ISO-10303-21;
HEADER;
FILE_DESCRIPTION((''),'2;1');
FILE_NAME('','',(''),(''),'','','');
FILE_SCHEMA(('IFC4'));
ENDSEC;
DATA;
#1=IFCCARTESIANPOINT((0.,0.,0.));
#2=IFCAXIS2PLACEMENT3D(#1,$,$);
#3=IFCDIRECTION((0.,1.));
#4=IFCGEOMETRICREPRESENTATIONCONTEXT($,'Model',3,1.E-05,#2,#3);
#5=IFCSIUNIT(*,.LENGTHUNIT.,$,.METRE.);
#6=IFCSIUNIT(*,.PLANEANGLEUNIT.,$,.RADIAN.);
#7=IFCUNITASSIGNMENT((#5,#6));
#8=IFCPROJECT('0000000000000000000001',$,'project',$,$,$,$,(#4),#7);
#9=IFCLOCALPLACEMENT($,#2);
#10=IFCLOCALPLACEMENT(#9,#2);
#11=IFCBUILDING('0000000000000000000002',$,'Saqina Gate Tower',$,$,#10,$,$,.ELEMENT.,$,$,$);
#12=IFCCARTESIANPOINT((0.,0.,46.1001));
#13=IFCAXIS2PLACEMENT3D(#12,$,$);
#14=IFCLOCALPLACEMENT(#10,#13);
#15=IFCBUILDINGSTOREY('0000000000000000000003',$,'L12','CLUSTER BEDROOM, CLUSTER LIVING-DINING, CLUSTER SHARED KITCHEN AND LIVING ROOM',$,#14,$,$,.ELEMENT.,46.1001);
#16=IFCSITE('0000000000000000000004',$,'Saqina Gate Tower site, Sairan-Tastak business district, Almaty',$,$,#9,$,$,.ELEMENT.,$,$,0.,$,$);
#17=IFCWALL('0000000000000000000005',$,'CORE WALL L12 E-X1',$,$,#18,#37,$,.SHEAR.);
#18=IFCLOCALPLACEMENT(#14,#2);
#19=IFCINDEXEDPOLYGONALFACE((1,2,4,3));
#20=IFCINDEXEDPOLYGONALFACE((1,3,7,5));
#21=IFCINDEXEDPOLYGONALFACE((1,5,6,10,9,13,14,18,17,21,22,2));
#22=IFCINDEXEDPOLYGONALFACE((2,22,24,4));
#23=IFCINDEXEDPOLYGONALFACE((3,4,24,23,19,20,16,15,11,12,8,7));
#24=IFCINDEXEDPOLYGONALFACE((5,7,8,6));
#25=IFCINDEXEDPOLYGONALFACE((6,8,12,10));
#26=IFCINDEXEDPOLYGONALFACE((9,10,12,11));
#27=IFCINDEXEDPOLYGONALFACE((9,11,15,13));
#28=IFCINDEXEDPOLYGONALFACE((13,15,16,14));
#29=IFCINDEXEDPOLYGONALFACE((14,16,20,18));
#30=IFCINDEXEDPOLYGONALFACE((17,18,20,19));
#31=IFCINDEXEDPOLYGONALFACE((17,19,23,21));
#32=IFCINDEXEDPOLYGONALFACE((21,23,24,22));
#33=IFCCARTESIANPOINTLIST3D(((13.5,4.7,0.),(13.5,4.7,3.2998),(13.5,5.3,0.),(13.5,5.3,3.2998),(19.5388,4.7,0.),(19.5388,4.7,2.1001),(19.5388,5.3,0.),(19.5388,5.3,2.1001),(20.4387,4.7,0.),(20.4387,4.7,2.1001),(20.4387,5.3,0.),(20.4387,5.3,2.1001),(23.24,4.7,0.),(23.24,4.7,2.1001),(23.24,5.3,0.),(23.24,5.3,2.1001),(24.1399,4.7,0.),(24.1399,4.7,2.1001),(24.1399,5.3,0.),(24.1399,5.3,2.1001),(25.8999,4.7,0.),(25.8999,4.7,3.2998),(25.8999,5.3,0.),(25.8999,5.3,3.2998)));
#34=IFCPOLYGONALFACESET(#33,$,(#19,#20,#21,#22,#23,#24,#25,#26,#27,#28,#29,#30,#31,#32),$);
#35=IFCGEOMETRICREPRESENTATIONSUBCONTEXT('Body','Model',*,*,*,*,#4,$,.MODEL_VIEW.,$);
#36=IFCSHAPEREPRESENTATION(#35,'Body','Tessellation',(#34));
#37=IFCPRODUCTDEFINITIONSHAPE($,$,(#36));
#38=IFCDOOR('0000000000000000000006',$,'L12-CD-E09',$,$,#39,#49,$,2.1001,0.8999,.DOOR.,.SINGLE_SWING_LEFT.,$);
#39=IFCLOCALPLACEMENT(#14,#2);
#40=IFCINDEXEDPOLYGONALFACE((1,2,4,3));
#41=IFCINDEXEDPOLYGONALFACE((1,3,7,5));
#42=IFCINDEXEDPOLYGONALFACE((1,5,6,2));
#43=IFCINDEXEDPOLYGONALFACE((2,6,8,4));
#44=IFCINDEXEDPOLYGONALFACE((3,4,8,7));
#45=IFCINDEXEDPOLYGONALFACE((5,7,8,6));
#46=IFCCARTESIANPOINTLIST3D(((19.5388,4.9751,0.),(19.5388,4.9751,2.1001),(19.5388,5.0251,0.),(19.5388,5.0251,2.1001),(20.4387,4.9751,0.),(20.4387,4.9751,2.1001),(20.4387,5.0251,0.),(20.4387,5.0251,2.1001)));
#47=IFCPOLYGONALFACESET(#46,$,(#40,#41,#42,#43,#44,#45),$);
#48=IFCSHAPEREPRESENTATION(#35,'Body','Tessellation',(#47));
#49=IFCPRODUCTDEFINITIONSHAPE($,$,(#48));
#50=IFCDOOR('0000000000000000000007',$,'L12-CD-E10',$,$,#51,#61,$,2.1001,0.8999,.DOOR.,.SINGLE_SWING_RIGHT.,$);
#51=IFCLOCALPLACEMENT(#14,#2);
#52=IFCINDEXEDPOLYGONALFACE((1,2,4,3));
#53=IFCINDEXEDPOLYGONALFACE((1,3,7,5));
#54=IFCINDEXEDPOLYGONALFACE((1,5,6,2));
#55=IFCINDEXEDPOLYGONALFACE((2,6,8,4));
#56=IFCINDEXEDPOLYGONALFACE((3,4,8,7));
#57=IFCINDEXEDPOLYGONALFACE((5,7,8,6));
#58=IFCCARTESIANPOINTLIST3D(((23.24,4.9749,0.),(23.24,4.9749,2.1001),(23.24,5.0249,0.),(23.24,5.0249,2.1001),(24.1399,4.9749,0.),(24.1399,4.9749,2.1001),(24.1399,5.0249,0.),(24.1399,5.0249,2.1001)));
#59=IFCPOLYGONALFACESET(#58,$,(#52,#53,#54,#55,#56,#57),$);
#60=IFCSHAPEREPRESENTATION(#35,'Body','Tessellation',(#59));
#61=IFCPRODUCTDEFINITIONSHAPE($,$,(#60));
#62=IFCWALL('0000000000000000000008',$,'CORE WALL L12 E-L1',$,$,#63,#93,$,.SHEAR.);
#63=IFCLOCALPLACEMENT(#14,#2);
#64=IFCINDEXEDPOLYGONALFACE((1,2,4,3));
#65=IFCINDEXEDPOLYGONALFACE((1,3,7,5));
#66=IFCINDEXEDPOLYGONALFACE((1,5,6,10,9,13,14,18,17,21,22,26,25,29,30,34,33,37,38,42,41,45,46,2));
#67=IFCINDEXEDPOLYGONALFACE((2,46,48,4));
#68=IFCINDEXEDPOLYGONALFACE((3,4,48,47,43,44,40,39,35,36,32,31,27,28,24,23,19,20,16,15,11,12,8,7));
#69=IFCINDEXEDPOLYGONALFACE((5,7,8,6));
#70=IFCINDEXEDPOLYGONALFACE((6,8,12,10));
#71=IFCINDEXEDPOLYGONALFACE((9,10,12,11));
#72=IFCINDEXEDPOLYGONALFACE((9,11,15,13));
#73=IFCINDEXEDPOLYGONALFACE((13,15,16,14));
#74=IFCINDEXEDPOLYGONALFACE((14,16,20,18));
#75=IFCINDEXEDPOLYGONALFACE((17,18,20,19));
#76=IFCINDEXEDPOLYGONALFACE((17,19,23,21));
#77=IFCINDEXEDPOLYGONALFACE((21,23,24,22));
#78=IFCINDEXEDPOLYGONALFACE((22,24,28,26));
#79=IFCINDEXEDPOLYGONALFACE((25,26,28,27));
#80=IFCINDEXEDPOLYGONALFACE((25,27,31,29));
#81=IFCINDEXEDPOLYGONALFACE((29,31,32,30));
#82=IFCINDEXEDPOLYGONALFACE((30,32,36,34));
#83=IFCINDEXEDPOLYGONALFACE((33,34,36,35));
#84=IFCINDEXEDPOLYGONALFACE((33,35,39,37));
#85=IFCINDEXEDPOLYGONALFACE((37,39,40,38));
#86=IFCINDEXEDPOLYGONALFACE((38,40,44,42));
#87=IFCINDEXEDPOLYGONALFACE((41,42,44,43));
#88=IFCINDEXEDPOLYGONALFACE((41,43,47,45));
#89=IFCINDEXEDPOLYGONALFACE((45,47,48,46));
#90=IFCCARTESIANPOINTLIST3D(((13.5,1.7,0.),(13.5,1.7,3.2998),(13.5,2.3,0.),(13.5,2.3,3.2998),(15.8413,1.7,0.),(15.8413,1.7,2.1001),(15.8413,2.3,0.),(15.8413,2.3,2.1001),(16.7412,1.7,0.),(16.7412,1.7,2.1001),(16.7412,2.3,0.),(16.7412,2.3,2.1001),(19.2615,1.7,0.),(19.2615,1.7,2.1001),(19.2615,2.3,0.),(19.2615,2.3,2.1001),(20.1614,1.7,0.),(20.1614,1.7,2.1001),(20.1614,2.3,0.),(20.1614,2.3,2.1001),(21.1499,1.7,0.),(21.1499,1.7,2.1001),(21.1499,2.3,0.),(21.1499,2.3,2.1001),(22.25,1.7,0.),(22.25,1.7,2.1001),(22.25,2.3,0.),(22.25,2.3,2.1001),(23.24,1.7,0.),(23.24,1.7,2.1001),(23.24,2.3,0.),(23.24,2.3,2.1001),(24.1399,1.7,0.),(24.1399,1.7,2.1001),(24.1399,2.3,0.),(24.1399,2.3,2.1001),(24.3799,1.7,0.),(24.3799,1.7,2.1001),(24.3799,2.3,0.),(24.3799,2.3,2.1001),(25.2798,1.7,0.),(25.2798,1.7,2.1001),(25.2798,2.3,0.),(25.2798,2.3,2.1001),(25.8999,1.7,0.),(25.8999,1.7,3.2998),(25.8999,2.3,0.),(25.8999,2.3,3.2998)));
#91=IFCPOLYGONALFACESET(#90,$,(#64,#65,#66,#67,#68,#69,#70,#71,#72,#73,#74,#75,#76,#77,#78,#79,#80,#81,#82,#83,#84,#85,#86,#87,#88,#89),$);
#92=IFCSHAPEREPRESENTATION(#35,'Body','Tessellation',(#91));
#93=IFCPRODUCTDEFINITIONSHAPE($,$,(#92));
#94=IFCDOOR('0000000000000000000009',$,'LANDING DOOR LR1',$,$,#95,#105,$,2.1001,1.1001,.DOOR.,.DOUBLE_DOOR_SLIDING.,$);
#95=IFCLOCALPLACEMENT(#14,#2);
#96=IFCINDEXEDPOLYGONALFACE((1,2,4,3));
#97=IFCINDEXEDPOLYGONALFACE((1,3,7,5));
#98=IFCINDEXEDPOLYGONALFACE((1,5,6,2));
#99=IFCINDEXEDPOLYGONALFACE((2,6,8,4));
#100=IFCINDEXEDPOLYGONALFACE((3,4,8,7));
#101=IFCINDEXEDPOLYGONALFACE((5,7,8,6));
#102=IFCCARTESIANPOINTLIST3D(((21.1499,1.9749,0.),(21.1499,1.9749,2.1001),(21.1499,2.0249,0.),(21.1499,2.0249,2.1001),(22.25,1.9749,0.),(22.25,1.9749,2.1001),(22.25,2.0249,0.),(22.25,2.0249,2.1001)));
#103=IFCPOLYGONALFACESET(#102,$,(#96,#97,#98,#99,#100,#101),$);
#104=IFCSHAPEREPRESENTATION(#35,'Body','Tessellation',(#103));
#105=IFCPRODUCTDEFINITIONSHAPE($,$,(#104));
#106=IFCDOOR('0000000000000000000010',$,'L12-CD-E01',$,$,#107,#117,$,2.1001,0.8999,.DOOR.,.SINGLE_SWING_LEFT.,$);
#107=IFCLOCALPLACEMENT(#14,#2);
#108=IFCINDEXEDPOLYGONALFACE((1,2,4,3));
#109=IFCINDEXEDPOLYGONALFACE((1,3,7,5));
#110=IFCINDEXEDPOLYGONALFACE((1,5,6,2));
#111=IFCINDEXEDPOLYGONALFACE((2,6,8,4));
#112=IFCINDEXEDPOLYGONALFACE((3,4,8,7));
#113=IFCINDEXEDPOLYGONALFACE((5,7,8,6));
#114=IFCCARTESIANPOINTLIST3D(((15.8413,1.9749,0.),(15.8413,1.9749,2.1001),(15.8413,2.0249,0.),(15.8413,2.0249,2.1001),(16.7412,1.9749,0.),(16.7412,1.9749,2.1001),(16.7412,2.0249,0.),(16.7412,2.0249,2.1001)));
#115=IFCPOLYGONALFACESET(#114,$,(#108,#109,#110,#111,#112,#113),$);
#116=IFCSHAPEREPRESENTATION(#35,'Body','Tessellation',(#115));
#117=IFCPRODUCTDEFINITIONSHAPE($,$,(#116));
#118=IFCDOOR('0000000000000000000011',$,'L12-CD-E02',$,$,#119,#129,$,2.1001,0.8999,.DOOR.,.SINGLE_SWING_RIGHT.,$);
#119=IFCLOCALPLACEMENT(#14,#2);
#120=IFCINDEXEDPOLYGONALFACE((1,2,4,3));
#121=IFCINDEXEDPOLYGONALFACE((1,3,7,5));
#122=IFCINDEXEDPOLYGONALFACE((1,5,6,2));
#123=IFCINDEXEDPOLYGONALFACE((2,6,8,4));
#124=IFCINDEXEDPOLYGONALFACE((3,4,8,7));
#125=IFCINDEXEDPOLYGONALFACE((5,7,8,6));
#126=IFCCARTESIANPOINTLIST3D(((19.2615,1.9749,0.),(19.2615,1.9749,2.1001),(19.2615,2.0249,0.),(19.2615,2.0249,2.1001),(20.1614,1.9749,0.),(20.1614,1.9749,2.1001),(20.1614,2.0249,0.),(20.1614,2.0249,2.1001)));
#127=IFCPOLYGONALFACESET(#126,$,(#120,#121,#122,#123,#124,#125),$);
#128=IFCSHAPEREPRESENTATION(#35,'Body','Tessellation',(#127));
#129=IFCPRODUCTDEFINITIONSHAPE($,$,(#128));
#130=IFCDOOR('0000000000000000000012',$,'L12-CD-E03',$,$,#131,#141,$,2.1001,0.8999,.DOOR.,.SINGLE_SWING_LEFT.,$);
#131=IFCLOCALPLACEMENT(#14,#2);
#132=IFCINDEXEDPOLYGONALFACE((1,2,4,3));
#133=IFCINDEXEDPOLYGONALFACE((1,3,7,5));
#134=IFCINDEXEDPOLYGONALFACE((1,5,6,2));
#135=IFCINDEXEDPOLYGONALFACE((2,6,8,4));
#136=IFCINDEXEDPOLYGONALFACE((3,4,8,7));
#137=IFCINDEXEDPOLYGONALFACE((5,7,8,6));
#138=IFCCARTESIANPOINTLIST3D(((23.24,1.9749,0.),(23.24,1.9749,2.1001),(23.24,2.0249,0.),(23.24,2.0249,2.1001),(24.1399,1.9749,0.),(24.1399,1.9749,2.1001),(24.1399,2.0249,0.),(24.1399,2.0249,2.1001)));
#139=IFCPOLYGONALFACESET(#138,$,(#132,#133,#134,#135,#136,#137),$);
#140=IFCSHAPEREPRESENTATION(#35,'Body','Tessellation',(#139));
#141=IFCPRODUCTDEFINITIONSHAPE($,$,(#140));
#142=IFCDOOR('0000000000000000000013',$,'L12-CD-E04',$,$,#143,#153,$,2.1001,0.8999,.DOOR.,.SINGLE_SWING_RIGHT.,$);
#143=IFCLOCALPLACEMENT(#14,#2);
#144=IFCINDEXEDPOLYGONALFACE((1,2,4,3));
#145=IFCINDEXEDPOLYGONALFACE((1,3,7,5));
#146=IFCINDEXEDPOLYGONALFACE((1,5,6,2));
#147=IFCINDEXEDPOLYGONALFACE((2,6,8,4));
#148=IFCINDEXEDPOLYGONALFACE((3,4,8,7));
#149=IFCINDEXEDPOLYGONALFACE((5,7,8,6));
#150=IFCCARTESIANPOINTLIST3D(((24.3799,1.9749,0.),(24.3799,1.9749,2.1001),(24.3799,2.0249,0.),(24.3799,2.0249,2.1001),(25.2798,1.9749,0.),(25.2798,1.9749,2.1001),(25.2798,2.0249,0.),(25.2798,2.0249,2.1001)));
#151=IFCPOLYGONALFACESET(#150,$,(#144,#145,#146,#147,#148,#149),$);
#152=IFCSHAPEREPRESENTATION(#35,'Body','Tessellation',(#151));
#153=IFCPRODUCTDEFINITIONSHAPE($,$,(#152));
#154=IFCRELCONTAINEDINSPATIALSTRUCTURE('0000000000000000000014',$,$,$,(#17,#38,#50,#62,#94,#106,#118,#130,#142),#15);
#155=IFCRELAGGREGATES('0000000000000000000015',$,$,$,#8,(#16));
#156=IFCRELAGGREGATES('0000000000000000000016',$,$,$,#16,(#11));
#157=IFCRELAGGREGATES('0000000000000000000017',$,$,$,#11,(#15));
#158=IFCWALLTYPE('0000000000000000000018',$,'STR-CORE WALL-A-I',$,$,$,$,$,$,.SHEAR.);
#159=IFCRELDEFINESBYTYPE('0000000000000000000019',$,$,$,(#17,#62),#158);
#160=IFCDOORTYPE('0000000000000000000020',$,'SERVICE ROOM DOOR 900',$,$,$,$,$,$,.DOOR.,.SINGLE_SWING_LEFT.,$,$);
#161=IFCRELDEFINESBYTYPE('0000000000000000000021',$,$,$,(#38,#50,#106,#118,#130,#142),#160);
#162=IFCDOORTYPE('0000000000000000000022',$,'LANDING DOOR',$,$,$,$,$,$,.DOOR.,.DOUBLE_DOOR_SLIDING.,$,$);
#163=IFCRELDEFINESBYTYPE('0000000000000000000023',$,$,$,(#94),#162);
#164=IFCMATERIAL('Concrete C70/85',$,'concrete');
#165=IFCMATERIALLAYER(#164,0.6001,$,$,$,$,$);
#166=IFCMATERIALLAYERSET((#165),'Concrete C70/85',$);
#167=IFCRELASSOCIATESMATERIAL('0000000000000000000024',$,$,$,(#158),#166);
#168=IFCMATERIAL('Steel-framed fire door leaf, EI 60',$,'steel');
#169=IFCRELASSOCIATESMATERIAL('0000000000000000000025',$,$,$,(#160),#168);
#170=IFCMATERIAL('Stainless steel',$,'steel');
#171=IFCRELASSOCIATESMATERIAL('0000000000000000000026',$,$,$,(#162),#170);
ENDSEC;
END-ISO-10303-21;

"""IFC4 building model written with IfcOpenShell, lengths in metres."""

from ifc_helpers import new_model, si_unit, direction, frame, frame_2d, origin, place, context, subcontext, project, spatial, rectangle, extrude, material, layer, layer_set, type_object, element, fill, save


model = new_model("IFC4")

# Units and contexts
model_context = context("Model", 3, precision=1e-05, world=origin(), true_north=direction((0.0, 1.0)))
body_context = subcontext(model_context, "Body", "Model", "MODEL_VIEW")
ifc_project = project(units=[si_unit("LENGTHUNIT", "METRE"), si_unit("PLANEANGLEUNIT", "RADIAN")], contexts=[model_context])

# Site, building, storey
site_placement = place(None, origin())
site = spatial("IfcSite", under=ifc_project, at=site_placement, Name="Saqina Gate Tower site, Sairan-Tastak business district, Almaty", CompositionType="ELEMENT", RefElevation=0.0)
building_placement = place(site_placement, origin())
building = spatial("IfcBuilding", under=site, at=building_placement, Name="Saqina Gate Tower", CompositionType="ELEMENT")
storey_placement = place(building_placement, frame((0.0, 0.0, 46.1001)))
storey = spatial("IfcBuildingStorey", under=building, at=storey_placement, Name="L12", Description="CLUSTER BEDROOM, CLUSTER LIVING-DINING, CLUSTER SHARED KITCHEN AND LIVING ROOM", CompositionType="ELEMENT", Elevation=46.1001)

# Walls, openings, doors
ifc_material_1 = material(Name="Concrete C70/85", Category="concrete")
ifc_layer_1 = layer(ifc_material_1, 0.6001)
ifc_layer_set_1 = layer_set([ifc_layer_1], Name="Concrete C70/85")
wall_type_1 = type_object("IfcWallType", Name="STR-CORE WALL-A-I", PredefinedType="SHEAR", material=ifc_layer_set_1)
wall_1_placement = place(storey_placement, frame((13.5, 5.0, 0.0), z_axis=(0.0, 0.0, 1.0), x_axis=(1.0, 0.0, 0.0)))
wall_1 = element("IfcWall", 1, at=wall_1_placement, inside=storey, type_object=wall_type_1, Name="CORE WALL L12 E-X1", PredefinedType="SHEAR", context=body_context, shape_type="SweptSolid", body=[
    extrude(rectangle(XDim=12.3999, YDim=0.6001, at=frame_2d((6.2, 0.0))), origin(), (0.0, 0.0, 1.0), 3.2998),
])
opening_1_placement = place(wall_1_placement, frame((6.0388, 0.0, 0.0)))
opening_1 = element("IfcOpeningElement", 2, at=opening_1_placement, cuts=wall_1, PredefinedType="OPENING", context=body_context, shape_type="SweptSolid", body=[
    extrude(rectangle(XDim=0.8999, YDim=2.1001, at=frame_2d((0.45, 1.05))), frame((0.0, 0.312, 0.0), z_axis=(0.0, -1.0, 0.0), x_axis=(1.0, 0.0, 0.0)), (0.0, 0.0, 1.0), 0.624),
])
opening_2_placement = place(wall_1_placement, frame((9.74, 0.0, 0.0)))
opening_2 = element("IfcOpeningElement", 3, at=opening_2_placement, cuts=wall_1, PredefinedType="OPENING", context=body_context, shape_type="SweptSolid", body=[
    extrude(rectangle(XDim=0.8999, YDim=2.1001, at=frame_2d((0.45, 1.05))), frame((0.0, 0.312, 0.0), z_axis=(0.0, -1.0, 0.0), x_axis=(1.0, 0.0, 0.0)), (0.0, 0.0, 1.0), 0.624),
])
ifc_material_2 = material(Name="Steel-framed fire door leaf, EI 60", Category="steel")
door_type_1 = type_object("IfcDoorType", Name="SERVICE ROOM DOOR 900", OperationType="SINGLE_SWING_LEFT", PredefinedType="DOOR", material=ifc_material_2)
door_1_placement = place(opening_1_placement, frame((0.8999, 0.0, 0.0), z_axis=(0.0, 0.0, 1.0), x_axis=(-1.0, 0.0, 0.0)))
door_1 = element("IfcDoor", 4, at=door_1_placement, inside=storey, type_object=door_type_1, Name="L12-CD-E09", OperationType="SINGLE_SWING_LEFT", OverallHeight=2.1001, OverallWidth=0.8999, PredefinedType="DOOR", context=body_context, shape_type="SweptSolid", body=[
    extrude(rectangle(XDim=0.8999, YDim=2.1001, at=frame_2d((0.45, 1.05))), frame((0.0, 0.0249, 0.0), z_axis=(0.0, -1.0, 0.0), x_axis=(1.0, 0.0, 0.0)), (0.0, 0.0, 1.0), 0.05),
])
fill(opening_1, door_1)
door_2_placement = place(opening_2_placement, origin())
door_2 = element("IfcDoor", 5, at=door_2_placement, inside=storey, type_object=door_type_1, Name="L12-CD-E10", OperationType="SINGLE_SWING_RIGHT", OverallHeight=2.1001, OverallWidth=0.8999, PredefinedType="DOOR", context=body_context, shape_type="SweptSolid", body=[
    extrude(rectangle(XDim=0.8999, YDim=2.1001, at=frame_2d((0.45, 1.05))), frame((0.0, 0.0249, 0.0), z_axis=(0.0, -1.0, 0.0), x_axis=(1.0, 0.0, 0.0)), (0.0, 0.0, 1.0), 0.05),
])
fill(opening_2, door_2)
wall_2_placement = place(storey_placement, frame((13.5, 2.0, 0.0), z_axis=(0.0, 0.0, 1.0), x_axis=(1.0, 0.0, 0.0)))
wall_2 = element("IfcWall", 6, at=wall_2_placement, inside=storey, type_object=wall_type_1, Name="CORE WALL L12 E-L1", PredefinedType="SHEAR", context=body_context, shape_type="SweptSolid", body=[
    extrude(rectangle(XDim=12.3999, YDim=0.6001, at=frame_2d((6.2, 0.0))), origin(), (0.0, 0.0, 1.0), 3.2998),
])
opening_3_placement = place(wall_2_placement, frame((7.6499, 0.0, 0.0)))
opening_3 = element("IfcOpeningElement", 7, at=opening_3_placement, cuts=wall_2, PredefinedType="OPENING", context=body_context, shape_type="SweptSolid", body=[
    extrude(rectangle(XDim=1.1001, YDim=2.1001, at=frame_2d((0.55, 1.05))), frame((0.0, 0.312, 0.0), z_axis=(0.0, -1.0, 0.0), x_axis=(1.0, 0.0, 0.0)), (0.0, 0.0, 1.0), 0.624),
])
opening_4_placement = place(wall_2_placement, frame((2.3413, 0.0, 0.0)))
opening_4 = element("IfcOpeningElement", 8, at=opening_4_placement, cuts=wall_2, PredefinedType="OPENING", context=body_context, shape_type="SweptSolid", body=[
    extrude(rectangle(XDim=0.8999, YDim=2.1001, at=frame_2d((0.45, 1.05))), frame((0.0, 0.312, 0.0), z_axis=(0.0, -1.0, 0.0), x_axis=(1.0, 0.0, 0.0)), (0.0, 0.0, 1.0), 0.624),
])
opening_5_placement = place(wall_2_placement, frame((5.7615, 0.0, 0.0)))
opening_5 = element("IfcOpeningElement", 9, at=opening_5_placement, cuts=wall_2, PredefinedType="OPENING", context=body_context, shape_type="SweptSolid", body=[
    extrude(rectangle(XDim=0.8999, YDim=2.1001, at=frame_2d((0.45, 1.05))), frame((0.0, 0.312, 0.0), z_axis=(0.0, -1.0, 0.0), x_axis=(1.0, 0.0, 0.0)), (0.0, 0.0, 1.0), 0.624),
])
opening_6_placement = place(wall_2_placement, frame((9.74, 0.0, 0.0)))
opening_6 = element("IfcOpeningElement", 10, at=opening_6_placement, cuts=wall_2, PredefinedType="OPENING", context=body_context, shape_type="SweptSolid", body=[
    extrude(rectangle(XDim=0.8999, YDim=2.1001, at=frame_2d((0.45, 1.05))), frame((0.0, 0.312, 0.0), z_axis=(0.0, -1.0, 0.0), x_axis=(1.0, 0.0, 0.0)), (0.0, 0.0, 1.0), 0.624),
])
opening_7_placement = place(wall_2_placement, frame((10.8799, 0.0, 0.0)))
opening_7 = element("IfcOpeningElement", 11, at=opening_7_placement, cuts=wall_2, PredefinedType="OPENING", context=body_context, shape_type="SweptSolid", body=[
    extrude(rectangle(XDim=0.8999, YDim=2.1001, at=frame_2d((0.45, 1.05))), frame((0.0, 0.312, 0.0), z_axis=(0.0, -1.0, 0.0), x_axis=(1.0, 0.0, 0.0)), (0.0, 0.0, 1.0), 0.624),
])
ifc_material_3 = material(Name="Stainless steel", Category="steel")
door_type_2 = type_object("IfcDoorType", Name="LANDING DOOR", OperationType="DOUBLE_DOOR_SLIDING", PredefinedType="DOOR", material=ifc_material_3)
door_3_placement = place(opening_3_placement, origin())
door_3 = element("IfcDoor", 12, at=door_3_placement, inside=storey, type_object=door_type_2, Name="LANDING DOOR LR1", OperationType="DOUBLE_DOOR_SLIDING", OverallHeight=2.1001, OverallWidth=1.1001, PredefinedType="DOOR", context=body_context, shape_type="SweptSolid", body=[
    extrude(rectangle(XDim=1.1001, YDim=2.1001, at=frame_2d((0.55, 1.05))), frame((0.0, 0.0249, 0.0), z_axis=(0.0, -1.0, 0.0), x_axis=(1.0, 0.0, 0.0)), (0.0, 0.0, 1.0), 0.05),
])
fill(opening_3, door_3)
door_4_placement = place(opening_4_placement, origin())
door_4 = element("IfcDoor", 13, at=door_4_placement, inside=storey, type_object=door_type_1, Name="L12-CD-E01", OperationType="SINGLE_SWING_LEFT", OverallHeight=2.1001, OverallWidth=0.8999, PredefinedType="DOOR", context=body_context, shape_type="SweptSolid", body=[
    extrude(rectangle(XDim=0.8999, YDim=2.1001, at=frame_2d((0.45, 1.05))), frame((0.0, 0.0249, 0.0), z_axis=(0.0, -1.0, 0.0), x_axis=(1.0, 0.0, 0.0)), (0.0, 0.0, 1.0), 0.05),
])
fill(opening_4, door_4)
door_5_placement = place(opening_5_placement, origin())
door_5 = element("IfcDoor", 14, at=door_5_placement, inside=storey, type_object=door_type_1, Name="L12-CD-E02", OperationType="SINGLE_SWING_RIGHT", OverallHeight=2.1001, OverallWidth=0.8999, PredefinedType="DOOR", context=body_context, shape_type="SweptSolid", body=[
    extrude(rectangle(XDim=0.8999, YDim=2.1001, at=frame_2d((0.45, 1.05))), frame((0.0, 0.0249, 0.0), z_axis=(0.0, -1.0, 0.0), x_axis=(1.0, 0.0, 0.0)), (0.0, 0.0, 1.0), 0.05),
])
fill(opening_5, door_5)
door_6_placement = place(opening_6_placement, origin())
door_6 = element("IfcDoor", 15, at=door_6_placement, inside=storey, type_object=door_type_1, Name="L12-CD-E03", OperationType="SINGLE_SWING_LEFT", OverallHeight=2.1001, OverallWidth=0.8999, PredefinedType="DOOR", context=body_context, shape_type="SweptSolid", body=[
    extrude(rectangle(XDim=0.8999, YDim=2.1001, at=frame_2d((0.45, 1.05))), frame((0.0, 0.0249, 0.0), z_axis=(0.0, -1.0, 0.0), x_axis=(1.0, 0.0, 0.0)), (0.0, 0.0, 1.0), 0.05),
])
fill(opening_6, door_6)
door_7_placement = place(opening_7_placement, origin())
door_7 = element("IfcDoor", 16, at=door_7_placement, inside=storey, type_object=door_type_1, Name="L12-CD-E04", OperationType="SINGLE_SWING_RIGHT", OverallHeight=2.1001, OverallWidth=0.8999, PredefinedType="DOOR", context=body_context, shape_type="SweptSolid", body=[
    extrude(rectangle(XDim=0.8999, YDim=2.1001, at=frame_2d((0.45, 1.05))), frame((0.0, 0.0249, 0.0), z_axis=(0.0, -1.0, 0.0), x_axis=(1.0, 0.0, 0.0)), (0.0, 0.0, 1.0), 0.05),
])
fill(opening_7, door_7)

save(model, "model.ifc")
